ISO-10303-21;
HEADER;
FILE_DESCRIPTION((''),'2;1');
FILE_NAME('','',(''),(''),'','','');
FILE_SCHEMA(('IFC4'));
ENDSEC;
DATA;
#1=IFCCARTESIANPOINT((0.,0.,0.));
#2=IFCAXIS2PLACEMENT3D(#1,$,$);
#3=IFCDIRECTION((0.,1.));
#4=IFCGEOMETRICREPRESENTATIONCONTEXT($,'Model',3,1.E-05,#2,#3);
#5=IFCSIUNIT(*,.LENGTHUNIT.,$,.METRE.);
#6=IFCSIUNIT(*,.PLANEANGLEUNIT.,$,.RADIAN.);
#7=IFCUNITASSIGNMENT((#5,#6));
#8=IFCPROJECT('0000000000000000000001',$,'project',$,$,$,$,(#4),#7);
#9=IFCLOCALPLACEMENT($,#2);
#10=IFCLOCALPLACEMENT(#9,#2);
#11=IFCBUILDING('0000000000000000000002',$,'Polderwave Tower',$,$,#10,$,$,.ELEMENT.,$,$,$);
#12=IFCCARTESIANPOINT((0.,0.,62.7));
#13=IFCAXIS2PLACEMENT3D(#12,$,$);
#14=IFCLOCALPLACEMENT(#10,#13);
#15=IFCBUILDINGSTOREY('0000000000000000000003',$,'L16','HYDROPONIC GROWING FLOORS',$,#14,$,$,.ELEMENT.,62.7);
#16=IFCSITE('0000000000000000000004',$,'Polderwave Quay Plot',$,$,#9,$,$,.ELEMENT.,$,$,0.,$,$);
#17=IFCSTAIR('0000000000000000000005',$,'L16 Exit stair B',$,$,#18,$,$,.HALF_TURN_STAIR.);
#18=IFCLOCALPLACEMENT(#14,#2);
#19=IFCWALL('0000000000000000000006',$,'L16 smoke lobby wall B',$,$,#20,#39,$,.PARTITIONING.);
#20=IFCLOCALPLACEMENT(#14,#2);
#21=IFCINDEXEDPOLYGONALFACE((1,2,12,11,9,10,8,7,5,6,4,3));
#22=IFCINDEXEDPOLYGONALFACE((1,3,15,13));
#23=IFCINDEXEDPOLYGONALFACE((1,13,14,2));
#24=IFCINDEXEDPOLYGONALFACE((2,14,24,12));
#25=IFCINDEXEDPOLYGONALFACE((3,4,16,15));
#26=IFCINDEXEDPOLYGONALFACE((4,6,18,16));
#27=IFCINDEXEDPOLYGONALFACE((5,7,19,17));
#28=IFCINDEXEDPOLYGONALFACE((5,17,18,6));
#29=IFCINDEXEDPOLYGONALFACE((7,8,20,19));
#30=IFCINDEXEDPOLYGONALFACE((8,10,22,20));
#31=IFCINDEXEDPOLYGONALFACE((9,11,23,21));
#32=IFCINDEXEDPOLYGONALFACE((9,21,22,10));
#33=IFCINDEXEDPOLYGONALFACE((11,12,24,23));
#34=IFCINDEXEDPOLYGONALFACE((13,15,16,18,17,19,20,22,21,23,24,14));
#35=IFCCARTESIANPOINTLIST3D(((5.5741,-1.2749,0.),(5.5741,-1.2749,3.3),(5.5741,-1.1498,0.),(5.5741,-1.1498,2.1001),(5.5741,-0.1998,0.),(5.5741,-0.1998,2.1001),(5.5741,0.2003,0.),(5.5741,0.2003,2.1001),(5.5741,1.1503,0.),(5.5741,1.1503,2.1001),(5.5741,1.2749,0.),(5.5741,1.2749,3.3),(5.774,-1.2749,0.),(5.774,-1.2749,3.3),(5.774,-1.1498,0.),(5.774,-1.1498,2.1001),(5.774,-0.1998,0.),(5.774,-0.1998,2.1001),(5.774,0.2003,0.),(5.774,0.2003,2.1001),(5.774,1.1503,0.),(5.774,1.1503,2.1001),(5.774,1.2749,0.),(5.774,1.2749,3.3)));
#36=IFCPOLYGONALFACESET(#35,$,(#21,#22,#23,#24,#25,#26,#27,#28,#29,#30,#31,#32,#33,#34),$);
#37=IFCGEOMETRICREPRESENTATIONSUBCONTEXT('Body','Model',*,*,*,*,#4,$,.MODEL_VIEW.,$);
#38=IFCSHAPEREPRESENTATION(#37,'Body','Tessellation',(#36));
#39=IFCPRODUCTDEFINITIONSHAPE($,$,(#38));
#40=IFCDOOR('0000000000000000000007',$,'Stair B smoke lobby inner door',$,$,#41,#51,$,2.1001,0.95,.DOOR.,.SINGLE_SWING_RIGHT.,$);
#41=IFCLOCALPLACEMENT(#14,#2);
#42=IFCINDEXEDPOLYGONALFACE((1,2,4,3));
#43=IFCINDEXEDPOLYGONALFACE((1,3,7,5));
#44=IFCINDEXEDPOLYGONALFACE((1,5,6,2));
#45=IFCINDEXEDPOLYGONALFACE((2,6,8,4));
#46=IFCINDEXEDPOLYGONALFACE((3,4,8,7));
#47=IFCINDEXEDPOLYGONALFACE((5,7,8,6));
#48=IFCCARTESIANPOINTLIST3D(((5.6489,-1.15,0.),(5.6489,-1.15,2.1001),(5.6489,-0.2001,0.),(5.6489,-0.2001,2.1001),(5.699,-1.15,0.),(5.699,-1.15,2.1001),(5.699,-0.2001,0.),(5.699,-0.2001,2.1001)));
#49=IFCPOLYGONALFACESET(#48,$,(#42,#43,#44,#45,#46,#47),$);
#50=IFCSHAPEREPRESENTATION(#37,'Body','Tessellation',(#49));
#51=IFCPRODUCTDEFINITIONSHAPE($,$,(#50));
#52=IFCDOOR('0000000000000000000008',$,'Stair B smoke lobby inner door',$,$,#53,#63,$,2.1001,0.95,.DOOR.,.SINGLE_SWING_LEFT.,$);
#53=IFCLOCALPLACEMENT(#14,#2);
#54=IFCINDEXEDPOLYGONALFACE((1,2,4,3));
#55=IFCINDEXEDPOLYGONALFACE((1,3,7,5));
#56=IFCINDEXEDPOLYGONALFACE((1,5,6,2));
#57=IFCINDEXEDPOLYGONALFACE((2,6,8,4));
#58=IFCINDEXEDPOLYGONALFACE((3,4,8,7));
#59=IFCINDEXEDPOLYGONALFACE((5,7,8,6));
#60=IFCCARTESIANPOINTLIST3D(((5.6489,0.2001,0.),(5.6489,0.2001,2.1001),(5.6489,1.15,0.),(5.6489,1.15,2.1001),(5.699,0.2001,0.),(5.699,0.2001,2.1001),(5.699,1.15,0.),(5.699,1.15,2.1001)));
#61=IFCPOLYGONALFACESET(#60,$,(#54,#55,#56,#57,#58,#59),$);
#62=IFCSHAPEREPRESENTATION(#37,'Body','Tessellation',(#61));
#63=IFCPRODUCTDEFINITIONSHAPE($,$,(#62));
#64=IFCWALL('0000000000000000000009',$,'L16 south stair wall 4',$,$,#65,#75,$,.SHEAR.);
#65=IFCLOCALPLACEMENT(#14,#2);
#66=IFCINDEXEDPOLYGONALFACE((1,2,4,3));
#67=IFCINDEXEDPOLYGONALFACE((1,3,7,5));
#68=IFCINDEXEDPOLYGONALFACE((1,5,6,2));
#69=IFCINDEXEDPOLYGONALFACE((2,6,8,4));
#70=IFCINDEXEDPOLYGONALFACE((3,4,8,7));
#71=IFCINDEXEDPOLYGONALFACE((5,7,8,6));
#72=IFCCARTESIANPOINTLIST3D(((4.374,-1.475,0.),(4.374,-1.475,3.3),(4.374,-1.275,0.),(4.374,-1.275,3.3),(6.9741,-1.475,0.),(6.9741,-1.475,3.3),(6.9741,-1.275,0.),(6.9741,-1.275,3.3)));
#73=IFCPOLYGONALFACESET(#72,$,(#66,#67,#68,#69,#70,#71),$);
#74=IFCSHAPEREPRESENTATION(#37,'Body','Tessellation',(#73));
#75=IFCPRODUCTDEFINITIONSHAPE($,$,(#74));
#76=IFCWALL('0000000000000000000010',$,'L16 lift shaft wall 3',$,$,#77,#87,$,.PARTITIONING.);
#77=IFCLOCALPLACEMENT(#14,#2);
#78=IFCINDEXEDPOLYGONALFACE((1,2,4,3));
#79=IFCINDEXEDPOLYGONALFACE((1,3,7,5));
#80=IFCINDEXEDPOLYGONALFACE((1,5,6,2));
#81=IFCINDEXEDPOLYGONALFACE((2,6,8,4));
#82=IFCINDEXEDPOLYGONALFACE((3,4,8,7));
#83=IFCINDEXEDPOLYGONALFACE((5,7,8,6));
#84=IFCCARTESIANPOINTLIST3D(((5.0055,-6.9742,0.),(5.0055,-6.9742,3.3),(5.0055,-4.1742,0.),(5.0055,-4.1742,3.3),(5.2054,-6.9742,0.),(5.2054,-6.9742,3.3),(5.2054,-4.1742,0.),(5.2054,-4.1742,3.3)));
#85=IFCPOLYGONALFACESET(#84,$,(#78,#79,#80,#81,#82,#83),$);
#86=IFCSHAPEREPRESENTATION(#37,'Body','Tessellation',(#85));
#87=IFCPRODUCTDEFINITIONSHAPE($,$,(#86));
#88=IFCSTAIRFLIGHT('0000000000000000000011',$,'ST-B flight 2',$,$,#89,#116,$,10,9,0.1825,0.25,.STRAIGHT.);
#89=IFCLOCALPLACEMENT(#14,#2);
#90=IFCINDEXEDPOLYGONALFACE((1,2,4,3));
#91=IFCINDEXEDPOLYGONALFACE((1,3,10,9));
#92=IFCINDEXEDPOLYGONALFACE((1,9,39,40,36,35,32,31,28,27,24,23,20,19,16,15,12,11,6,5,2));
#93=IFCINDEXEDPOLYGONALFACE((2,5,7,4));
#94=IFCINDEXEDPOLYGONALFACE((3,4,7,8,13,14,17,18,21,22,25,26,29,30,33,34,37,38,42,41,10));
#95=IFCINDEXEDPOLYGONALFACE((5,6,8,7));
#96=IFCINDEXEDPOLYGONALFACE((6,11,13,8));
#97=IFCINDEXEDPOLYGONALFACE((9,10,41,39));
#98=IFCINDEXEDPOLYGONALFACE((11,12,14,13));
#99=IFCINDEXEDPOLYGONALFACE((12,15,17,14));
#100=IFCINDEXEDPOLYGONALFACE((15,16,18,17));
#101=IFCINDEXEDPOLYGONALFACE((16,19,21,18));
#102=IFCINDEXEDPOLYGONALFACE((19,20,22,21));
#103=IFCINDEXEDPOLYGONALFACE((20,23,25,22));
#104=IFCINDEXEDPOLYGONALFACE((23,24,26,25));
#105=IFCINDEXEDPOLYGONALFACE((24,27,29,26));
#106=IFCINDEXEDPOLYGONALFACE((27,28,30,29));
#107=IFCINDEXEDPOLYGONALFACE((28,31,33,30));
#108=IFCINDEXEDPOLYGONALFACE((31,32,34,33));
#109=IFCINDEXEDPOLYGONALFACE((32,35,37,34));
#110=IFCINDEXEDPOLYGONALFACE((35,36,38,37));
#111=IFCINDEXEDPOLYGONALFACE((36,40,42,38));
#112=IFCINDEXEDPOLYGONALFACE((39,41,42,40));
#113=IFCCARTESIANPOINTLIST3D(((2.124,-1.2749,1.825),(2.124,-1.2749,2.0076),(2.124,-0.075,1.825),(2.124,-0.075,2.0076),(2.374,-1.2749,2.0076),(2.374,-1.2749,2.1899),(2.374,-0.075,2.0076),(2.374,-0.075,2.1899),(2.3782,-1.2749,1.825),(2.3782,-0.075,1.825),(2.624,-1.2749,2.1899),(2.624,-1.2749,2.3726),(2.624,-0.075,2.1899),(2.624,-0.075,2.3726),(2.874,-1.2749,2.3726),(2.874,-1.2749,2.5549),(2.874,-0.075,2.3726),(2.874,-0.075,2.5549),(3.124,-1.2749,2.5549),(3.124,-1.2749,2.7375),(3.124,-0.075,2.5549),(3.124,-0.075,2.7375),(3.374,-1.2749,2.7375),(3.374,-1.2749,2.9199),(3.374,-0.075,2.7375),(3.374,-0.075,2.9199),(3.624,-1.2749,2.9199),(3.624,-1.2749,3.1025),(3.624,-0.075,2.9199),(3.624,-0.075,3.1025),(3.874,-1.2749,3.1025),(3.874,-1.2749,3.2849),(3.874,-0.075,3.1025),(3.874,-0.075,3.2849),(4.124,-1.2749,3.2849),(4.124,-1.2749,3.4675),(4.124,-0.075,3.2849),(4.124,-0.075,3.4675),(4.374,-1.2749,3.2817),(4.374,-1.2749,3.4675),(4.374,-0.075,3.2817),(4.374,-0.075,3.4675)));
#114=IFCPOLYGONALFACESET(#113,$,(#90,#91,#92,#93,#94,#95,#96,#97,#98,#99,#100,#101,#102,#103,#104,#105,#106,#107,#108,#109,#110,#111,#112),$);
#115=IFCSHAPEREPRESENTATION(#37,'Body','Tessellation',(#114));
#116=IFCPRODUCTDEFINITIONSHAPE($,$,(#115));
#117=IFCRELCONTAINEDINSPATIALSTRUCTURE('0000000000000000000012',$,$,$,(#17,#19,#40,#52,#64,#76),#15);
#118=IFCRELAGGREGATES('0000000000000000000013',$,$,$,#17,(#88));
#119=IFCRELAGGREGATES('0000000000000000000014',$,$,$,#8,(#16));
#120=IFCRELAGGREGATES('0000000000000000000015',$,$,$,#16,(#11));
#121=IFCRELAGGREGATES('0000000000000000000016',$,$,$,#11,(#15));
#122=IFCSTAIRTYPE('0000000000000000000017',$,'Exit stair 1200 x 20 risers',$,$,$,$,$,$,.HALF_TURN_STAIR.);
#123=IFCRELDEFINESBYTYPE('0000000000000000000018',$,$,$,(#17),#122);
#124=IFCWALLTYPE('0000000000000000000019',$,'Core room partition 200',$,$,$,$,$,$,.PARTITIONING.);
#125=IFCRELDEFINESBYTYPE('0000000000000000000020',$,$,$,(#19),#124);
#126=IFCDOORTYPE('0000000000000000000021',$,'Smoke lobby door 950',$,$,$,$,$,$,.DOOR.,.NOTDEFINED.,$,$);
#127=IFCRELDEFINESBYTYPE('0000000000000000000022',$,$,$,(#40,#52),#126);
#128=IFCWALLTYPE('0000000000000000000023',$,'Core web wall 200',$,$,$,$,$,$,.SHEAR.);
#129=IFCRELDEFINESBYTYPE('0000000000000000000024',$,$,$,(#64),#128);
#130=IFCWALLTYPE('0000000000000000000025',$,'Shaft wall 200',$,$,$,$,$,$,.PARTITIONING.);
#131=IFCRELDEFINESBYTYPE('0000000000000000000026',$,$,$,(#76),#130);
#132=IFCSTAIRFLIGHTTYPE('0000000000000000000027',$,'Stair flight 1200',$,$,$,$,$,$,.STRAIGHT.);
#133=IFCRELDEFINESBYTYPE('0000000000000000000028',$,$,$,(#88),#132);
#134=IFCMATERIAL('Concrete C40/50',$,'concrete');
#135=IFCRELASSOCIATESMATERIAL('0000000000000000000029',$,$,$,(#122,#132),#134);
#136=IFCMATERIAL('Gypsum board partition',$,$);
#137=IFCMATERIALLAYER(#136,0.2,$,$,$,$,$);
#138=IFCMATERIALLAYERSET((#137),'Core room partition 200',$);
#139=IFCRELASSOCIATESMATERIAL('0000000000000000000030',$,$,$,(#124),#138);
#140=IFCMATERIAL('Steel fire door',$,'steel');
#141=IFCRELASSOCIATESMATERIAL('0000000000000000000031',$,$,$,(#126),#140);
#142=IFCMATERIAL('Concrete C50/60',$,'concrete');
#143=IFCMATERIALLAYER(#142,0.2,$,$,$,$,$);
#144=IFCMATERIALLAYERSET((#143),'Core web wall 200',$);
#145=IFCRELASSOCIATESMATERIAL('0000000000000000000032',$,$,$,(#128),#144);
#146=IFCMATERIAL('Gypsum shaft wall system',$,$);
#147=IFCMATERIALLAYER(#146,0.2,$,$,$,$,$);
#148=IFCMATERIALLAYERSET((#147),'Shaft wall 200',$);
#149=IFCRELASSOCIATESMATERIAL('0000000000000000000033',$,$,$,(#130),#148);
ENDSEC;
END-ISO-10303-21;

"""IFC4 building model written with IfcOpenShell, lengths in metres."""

from ifc_helpers import new_model, si_unit, direction, frame, frame_2d, origin, place, context, subcontext, project, spatial, polyline, rectangle, outline, extrude, material, layer, layer_set, type_object, element, fill, aggregate, save


model = new_model("IFC4")

# Units and contexts
model_context = context("Model", 3, precision=1e-05, world=origin(), true_north=direction((0.0, 1.0)))
body_context = subcontext(model_context, "Body", "Model", "MODEL_VIEW")
ifc_project = project(units=[si_unit("LENGTHUNIT", "METRE"), si_unit("PLANEANGLEUNIT", "RADIAN")], contexts=[model_context])

# Site, building, storey
site_placement = place(None, origin())
site = spatial("IfcSite", under=ifc_project, at=site_placement, Name="Polderwave Quay Plot", CompositionType="ELEMENT", RefElevation=0.0)
building_placement = place(site_placement, origin())
building = spatial("IfcBuilding", under=site, at=building_placement, Name="Polderwave Tower", CompositionType="ELEMENT")
storey_placement = place(building_placement, frame((0.0, 0.0, 62.7)))
storey = spatial("IfcBuildingStorey", under=building, at=storey_placement, Name="L16", Description="HYDROPONIC GROWING FLOORS", CompositionType="ELEMENT", Elevation=62.7)

# Shared definitions
ifc_material_1 = material(Name="Concrete C40/50", Category="concrete")

# Stair
stair_type = type_object("IfcStairType", Name="Exit stair 1200 x 20 risers", PredefinedType="HALF_TURN_STAIR", material=ifc_material_1)
stair_1_placement = place(storey_placement, origin())
stair_1 = element("IfcStair", 1, at=stair_1_placement, inside=storey, type_object=stair_type, Name="L16 Exit stair B", PredefinedType="HALF_TURN_STAIR")

# Wall, openings, doors
ifc_material_2 = material(Name="Steel fire door", Category="steel")
ifc_material_3 = material(Name="Gypsum board partition")
ifc_layer_1 = layer(ifc_material_3, 0.2)
ifc_layer_set_1 = layer_set([ifc_layer_1], Name="Core room partition 200")
wall_type_1 = type_object("IfcWallType", Name="Core room partition 200", PredefinedType="PARTITIONING", material=ifc_layer_set_1)
wall_1_placement = place(storey_placement, frame((5.6741, -1.2749, 0.0), z_axis=(0.0, 0.0, 1.0), x_axis=(0.0, 1.0, 0.0)))
wall_1 = element("IfcWall", 2, at=wall_1_placement, inside=storey, type_object=wall_type_1, Name="L16 smoke lobby wall B", PredefinedType="PARTITIONING", context=body_context, shape_type="SweptSolid", body=[
    extrude(rectangle(XDim=2.5498, YDim=0.2, at=frame_2d((1.2749, 0.0))), origin(), (0.0, 0.0, 1.0), 3.3),
])
opening_1_placement = place(wall_1_placement, frame((0.125, 0.0, 0.0)))
opening_1 = element("IfcOpeningElement", 3, at=opening_1_placement, cuts=wall_1, PredefinedType="OPENING", context=body_context, shape_type="SweptSolid", body=[
    extrude(rectangle(XDim=0.95, YDim=2.1001, at=frame_2d((0.4751, 1.05))), frame((0.0, 0.1099, 0.0), z_axis=(0.0, -1.0, 0.0), x_axis=(1.0, 0.0, 0.0)), (0.0, 0.0, 1.0), 0.22),
])
opening_2_placement = place(wall_1_placement, frame((1.4751, 0.0, 0.0)))
opening_2 = element("IfcOpeningElement", 4, at=opening_2_placement, cuts=wall_1, PredefinedType="OPENING", context=body_context, shape_type="SweptSolid", body=[
    extrude(rectangle(XDim=0.95, YDim=2.1001, at=frame_2d((0.4751, 1.05))), frame((0.0, 0.1099, 0.0), z_axis=(0.0, -1.0, 0.0), x_axis=(1.0, 0.0, 0.0)), (0.0, 0.0, 1.0), 0.22),
])
door_type_1 = type_object("IfcDoorType", Name="Smoke lobby door 950", OperationType="NOTDEFINED", PredefinedType="DOOR", material=ifc_material_2)
door_1_placement = place(opening_1_placement, frame((0.95, 0.0, 0.0), z_axis=(0.0, 0.0, 1.0), x_axis=(-1.0, 0.0, 0.0)))
door_1 = element("IfcDoor", 5, at=door_1_placement, inside=storey, type_object=door_type_1, Name="Stair B smoke lobby inner door", OperationType="SINGLE_SWING_RIGHT", OverallHeight=2.1001, OverallWidth=0.95, PredefinedType="DOOR", context=body_context, shape_type="SweptSolid", body=[
    extrude(rectangle(XDim=0.95, YDim=2.1001, at=frame_2d((0.4751, 1.05))), frame((0.0, 0.0249, 0.0), z_axis=(0.0, -1.0, 0.0), x_axis=(1.0, 0.0, 0.0)), (0.0, 0.0, 1.0), 0.05),
])
fill(opening_1, door_1)
door_2_placement = place(opening_2_placement, frame((0.95, 0.0, 0.0), z_axis=(0.0, 0.0, 1.0), x_axis=(-1.0, 0.0, 0.0)))
door_2 = element("IfcDoor", 6, at=door_2_placement, inside=storey, type_object=door_type_1, Name="Stair B smoke lobby inner door", OperationType="SINGLE_SWING_LEFT", OverallHeight=2.1001, OverallWidth=0.95, PredefinedType="DOOR", context=body_context, shape_type="SweptSolid", body=[
    extrude(rectangle(XDim=0.95, YDim=2.1001, at=frame_2d((0.4751, 1.05))), frame((0.0, 0.0249, 0.0), z_axis=(0.0, -1.0, 0.0), x_axis=(1.0, 0.0, 0.0)), (0.0, 0.0, 1.0), 0.05),
])
fill(opening_2, door_2)

# Walls
ifc_material_4 = material(Name="Concrete C50/60", Category="concrete")
ifc_layer_2 = layer(ifc_material_4, 0.2)
ifc_layer_set_2 = layer_set([ifc_layer_2], Name="Core web wall 200")
wall_type_2 = type_object("IfcWallType", Name="Core web wall 200", PredefinedType="SHEAR", material=ifc_layer_set_2)
wall_2_placement = place(storey_placement, frame((4.374, -1.375, 0.0), z_axis=(0.0, 0.0, 1.0), x_axis=(1.0, 0.0, 0.0)))
element("IfcWall", 7, at=wall_2_placement, inside=storey, type_object=wall_type_2, Name="L16 south stair wall 4", PredefinedType="SHEAR", context=body_context, shape_type="SweptSolid", body=[
    extrude(rectangle(XDim=2.6001, YDim=0.2, at=frame_2d((1.3, 0.0))), origin(), (0.0, 0.0, 1.0), 3.3),
])
ifc_material_5 = material(Name="Gypsum shaft wall system")
ifc_layer_3 = layer(ifc_material_5, 0.2)
ifc_layer_set_3 = layer_set([ifc_layer_3], Name="Shaft wall 200")
wall_type_3 = type_object("IfcWallType", Name="Shaft wall 200", PredefinedType="PARTITIONING", material=ifc_layer_set_3)
wall_3_placement = place(storey_placement, frame((5.1055, -6.9741, 0.0), z_axis=(0.0, 0.0, 1.0), x_axis=(0.0, 1.0, 0.0)))
element("IfcWall", 8, at=wall_3_placement, inside=storey, type_object=wall_type_3, Name="L16 lift shaft wall 3", PredefinedType="PARTITIONING", context=body_context, shape_type="SweptSolid", body=[
    extrude(rectangle(XDim=2.8, YDim=0.2, at=frame_2d((1.3999, 0.0))), origin(), (0.0, 0.0, 1.0), 3.3),
])

# Stair flight
stair_flight_type = type_object("IfcStairFlightType", Name="Stair flight 1200", PredefinedType="STRAIGHT", material=ifc_material_1)
stair_flight_placement = place(storey_placement, frame((2.124, -0.675, 1.825), z_axis=(0.0, 0.0, 1.0), x_axis=(1.0, 0.0, 0.0)))
stair_flight = element("IfcStairFlight", 9, at=stair_flight_placement, type_object=stair_flight_type, Name="ST-B flight 2", NumberOfRisers=10, NumberOfTreads=9, PredefinedType="STRAIGHT", RiserHeight=0.1825, TreadLength=0.25, context=body_context, shape_type="SweptSolid", body=[
    extrude(outline(polyline([(0.0, 0.0), (0.0, 0.1826), (0.25, 0.1826), (0.25, 0.365), (0.5, 0.365), (0.5, 0.5476), (0.75, 0.5476), (0.75, 0.73), (1.0, 0.73), (1.0, 0.9126), (1.25, 0.9126), (1.25, 1.095), (1.5, 1.095), (1.5, 1.2776), (1.75, 1.2776), (1.75, 1.46), (2.0, 1.46), (2.0, 1.6426), (2.25, 1.6426), (2.25, 1.825), (2.25, 1.4568), (0.2542, 0.0), (0.0, 0.0)])), frame((0.0, 0.6001, 0.0), z_axis=(0.0, -1.0, 0.0), x_axis=(1.0, 0.0, 0.0)), (0.0, 0.0, 1.0), 1.2),
])
aggregate(stair_1, [stair_flight])

save(model, "model.ifc")
